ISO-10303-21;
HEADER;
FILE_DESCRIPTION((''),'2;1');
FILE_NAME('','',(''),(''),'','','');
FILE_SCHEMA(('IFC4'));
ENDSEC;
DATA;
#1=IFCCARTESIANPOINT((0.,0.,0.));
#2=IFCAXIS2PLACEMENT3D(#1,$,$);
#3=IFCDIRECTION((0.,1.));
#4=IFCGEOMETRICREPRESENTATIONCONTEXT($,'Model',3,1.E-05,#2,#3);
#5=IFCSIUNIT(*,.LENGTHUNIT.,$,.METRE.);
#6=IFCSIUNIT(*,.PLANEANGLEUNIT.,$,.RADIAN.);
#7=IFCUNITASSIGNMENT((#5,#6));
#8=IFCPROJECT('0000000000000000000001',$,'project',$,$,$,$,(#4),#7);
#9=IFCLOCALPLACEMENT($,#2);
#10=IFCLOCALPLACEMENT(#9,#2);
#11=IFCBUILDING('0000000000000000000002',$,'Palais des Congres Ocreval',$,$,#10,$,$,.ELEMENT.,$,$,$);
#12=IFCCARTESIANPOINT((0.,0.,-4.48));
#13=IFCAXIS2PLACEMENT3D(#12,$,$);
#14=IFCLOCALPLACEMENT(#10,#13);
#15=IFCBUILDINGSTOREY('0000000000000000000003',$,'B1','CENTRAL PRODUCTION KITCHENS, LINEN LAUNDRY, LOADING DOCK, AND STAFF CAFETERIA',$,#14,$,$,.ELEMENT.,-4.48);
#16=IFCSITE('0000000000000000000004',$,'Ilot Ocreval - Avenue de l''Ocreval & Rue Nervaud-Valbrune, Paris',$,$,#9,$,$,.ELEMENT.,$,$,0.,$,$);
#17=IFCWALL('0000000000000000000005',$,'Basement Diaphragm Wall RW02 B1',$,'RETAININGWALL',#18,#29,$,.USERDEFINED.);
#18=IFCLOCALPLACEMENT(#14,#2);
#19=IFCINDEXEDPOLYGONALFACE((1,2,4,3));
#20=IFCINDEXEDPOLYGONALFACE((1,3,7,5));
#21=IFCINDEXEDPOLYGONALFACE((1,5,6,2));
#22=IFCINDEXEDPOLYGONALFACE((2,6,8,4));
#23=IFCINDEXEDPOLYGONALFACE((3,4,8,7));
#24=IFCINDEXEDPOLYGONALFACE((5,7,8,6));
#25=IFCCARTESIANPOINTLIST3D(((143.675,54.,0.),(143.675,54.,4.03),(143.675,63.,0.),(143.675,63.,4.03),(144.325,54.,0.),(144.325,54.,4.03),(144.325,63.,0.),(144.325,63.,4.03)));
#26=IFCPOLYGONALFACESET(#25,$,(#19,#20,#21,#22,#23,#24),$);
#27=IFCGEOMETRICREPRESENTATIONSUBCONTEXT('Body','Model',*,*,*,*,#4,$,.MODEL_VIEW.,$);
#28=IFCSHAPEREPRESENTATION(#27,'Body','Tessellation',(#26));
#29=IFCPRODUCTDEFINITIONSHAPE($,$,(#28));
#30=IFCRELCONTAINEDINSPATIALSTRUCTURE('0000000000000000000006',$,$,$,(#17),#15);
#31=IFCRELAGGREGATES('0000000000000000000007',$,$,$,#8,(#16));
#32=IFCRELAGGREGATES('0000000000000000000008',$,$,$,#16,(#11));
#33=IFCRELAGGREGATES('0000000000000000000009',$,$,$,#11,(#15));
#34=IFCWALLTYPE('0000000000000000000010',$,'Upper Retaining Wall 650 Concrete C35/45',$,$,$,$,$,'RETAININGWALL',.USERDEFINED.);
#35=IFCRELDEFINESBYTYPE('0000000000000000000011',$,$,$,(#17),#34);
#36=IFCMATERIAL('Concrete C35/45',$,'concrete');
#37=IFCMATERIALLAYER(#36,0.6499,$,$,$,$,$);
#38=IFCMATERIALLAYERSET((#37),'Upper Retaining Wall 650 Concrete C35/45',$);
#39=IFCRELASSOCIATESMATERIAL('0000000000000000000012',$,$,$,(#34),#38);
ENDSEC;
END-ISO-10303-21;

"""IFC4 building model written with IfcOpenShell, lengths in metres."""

from ifc_helpers import new_model, si_unit, direction, frame, frame_2d, origin, place, context, subcontext, project, spatial, rectangle, extrude, material, layer, layer_set, type_object, element, save


model = new_model("IFC4")

# Units and contexts
model_context = context("Model", 3, precision=1e-05, world=origin(), true_north=direction((0.0, 1.0)))
body_context = subcontext(model_context, "Body", "Model", "MODEL_VIEW")
ifc_project = project(units=[si_unit("LENGTHUNIT", "METRE"), si_unit("PLANEANGLEUNIT", "RADIAN")], contexts=[model_context])

# Site, building, storey
site_placement = place(None, origin())
site = spatial("IfcSite", under=ifc_project, at=site_placement, Name="Ilot Ocreval - Avenue de l'Ocreval & Rue Nervaud-Valbrune, Paris", CompositionType="ELEMENT", RefElevation=0.0)
building_placement = place(site_placement, origin())
building = spatial("IfcBuilding", under=site, at=building_placement, Name="Palais des Congres Ocreval", CompositionType="ELEMENT")
storey_placement = place(building_placement, frame((0.0, 0.0, -4.48)))
storey = spatial("IfcBuildingStorey", under=building, at=storey_placement, Name="B1", Description="CENTRAL PRODUCTION KITCHENS, LINEN LAUNDRY, LOADING DOCK, AND STAFF CAFETERIA", CompositionType="ELEMENT", Elevation=-4.48)

# Shared definitions
ifc_material_1 = material(Name="Concrete C35/45", Category="concrete")

# Wall
ifc_layer = layer(ifc_material_1, 0.6499)
ifc_layer_set = layer_set([ifc_layer], Name="Upper Retaining Wall 650 Concrete C35/45")
wall_type = type_object("IfcWallType", Name="Upper Retaining Wall 650 Concrete C35/45", ElementType="RETAININGWALL", PredefinedType="USERDEFINED", material=ifc_layer_set)
for number, where, z_axis, x_axis, name in (
    (1, (144.0, 63.0, 0.0), (0.0, 0.0, 1.0), (0.0, -1.0, 0.0), "Basement Diaphragm Wall RW02 B1"),
):
    element("IfcWall", number, at=place(storey_placement, frame(where, z_axis=z_axis, x_axis=x_axis)), inside=storey, type_object=wall_type, Name=name, ObjectType="RETAININGWALL", PredefinedType="USERDEFINED", context=body_context, shape_type="SweptSolid", body=[
        extrude(rectangle(XDim=9.0, YDim=0.6499, at=frame_2d((4.5, 0.0))), origin(), (0.0, 0.0, 1.0), 4.03),
    ])

save(model, "model.ifc")
